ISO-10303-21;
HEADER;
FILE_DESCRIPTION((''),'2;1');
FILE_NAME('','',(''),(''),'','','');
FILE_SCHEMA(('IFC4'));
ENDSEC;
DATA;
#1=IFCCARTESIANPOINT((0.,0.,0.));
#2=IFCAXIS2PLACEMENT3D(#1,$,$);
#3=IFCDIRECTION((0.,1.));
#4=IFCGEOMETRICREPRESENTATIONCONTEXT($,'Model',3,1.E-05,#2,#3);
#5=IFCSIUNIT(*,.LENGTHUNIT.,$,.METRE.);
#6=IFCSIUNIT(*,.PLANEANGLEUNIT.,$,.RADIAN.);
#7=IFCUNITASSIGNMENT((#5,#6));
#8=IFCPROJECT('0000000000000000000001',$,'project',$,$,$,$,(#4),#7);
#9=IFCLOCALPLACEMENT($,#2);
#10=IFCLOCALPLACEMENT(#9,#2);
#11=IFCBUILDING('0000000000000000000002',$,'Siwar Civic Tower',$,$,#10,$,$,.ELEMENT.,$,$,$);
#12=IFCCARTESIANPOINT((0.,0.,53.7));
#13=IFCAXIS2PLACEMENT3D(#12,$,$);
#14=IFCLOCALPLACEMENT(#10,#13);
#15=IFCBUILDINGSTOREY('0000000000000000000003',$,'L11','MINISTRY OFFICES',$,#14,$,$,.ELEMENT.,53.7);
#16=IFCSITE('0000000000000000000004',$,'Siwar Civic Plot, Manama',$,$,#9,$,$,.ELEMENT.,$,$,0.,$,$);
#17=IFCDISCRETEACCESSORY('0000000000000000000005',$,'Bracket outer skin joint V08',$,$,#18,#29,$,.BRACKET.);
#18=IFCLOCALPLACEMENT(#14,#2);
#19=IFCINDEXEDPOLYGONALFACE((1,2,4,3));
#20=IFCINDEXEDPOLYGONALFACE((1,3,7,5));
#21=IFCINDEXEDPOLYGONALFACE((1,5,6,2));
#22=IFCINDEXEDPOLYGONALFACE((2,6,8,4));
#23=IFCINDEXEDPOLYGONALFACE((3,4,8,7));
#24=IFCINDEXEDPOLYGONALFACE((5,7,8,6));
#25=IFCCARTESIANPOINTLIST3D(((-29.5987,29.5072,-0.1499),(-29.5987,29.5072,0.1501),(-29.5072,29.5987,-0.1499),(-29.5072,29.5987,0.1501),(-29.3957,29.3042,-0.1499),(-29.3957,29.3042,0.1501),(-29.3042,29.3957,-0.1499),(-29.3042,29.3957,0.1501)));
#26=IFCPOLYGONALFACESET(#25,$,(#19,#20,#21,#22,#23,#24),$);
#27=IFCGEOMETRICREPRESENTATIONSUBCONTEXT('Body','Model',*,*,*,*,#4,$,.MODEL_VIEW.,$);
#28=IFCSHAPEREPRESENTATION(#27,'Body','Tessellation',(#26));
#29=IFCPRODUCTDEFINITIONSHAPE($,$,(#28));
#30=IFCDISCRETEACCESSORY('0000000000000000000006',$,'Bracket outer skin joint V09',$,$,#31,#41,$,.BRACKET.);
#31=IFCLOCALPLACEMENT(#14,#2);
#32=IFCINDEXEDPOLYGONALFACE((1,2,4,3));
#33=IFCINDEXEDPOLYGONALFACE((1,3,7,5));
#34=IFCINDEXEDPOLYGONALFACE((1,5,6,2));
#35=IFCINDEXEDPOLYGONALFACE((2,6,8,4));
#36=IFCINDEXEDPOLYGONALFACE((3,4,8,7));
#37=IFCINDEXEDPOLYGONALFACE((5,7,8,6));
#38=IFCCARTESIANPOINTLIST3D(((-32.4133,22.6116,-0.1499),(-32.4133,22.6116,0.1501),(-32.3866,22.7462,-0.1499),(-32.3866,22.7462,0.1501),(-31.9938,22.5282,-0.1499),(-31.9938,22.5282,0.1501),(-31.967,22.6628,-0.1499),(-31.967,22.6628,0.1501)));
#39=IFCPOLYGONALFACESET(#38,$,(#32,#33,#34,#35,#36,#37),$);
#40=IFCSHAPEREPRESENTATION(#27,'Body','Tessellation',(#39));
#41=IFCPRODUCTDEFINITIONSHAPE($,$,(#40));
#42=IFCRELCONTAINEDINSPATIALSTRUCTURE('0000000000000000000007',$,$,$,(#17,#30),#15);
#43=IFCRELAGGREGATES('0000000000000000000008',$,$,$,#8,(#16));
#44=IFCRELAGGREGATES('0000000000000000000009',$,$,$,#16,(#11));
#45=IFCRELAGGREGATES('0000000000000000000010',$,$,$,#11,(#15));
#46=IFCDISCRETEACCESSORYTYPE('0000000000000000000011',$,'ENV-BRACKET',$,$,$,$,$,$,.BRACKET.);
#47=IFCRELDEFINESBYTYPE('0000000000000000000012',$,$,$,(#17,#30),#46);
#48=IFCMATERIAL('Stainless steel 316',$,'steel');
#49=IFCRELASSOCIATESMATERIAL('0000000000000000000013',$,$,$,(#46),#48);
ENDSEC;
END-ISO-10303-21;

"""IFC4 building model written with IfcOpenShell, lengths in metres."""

from ifc_helpers import new_model, si_unit, direction, frame, origin, origin_2d, place, context, subcontext, project, spatial, rectangle, extrude, material, type_object, element, save


model = new_model("IFC4")

# Units and contexts
model_context = context("Model", 3, precision=1e-05, world=origin(), true_north=direction((0.0, 1.0)))
body_context = subcontext(model_context, "Body", "Model", "MODEL_VIEW")
ifc_project = project(units=[si_unit("LENGTHUNIT", "METRE"), si_unit("PLANEANGLEUNIT", "RADIAN")], contexts=[model_context])

# Site, building, storey
site_placement = place(None, origin())
site = spatial("IfcSite", under=ifc_project, at=site_placement, Name="Siwar Civic Plot, Manama", CompositionType="ELEMENT", RefElevation=0.0)
building_placement = place(site_placement, origin())
building = spatial("IfcBuilding", under=site, at=building_placement, Name="Siwar Civic Tower", CompositionType="ELEMENT")
storey_placement = place(building_placement, frame((0.0, 0.0, 53.7)))
storey = spatial("IfcBuildingStorey", under=building, at=storey_placement, Name="L11", Description="MINISTRY OFFICES", CompositionType="ELEMENT", Elevation=53.7)

# Discrete accessories
ifc_material_1 = material(Name="Stainless steel 316", Category="steel")
discrete_accessory_type = type_object("IfcDiscreteAccessoryType", Name="ENV-BRACKET", PredefinedType="BRACKET", material=ifc_material_1)
discrete_accessory_1_placement = place(storey_placement, frame((-29.4514, 29.4514, -0.1499), z_axis=(0.0, 0.0, 1.0), x_axis=(-0.707107, 0.707107, 0.0)))
element("IfcDiscreteAccessory", 1, at=discrete_accessory_1_placement, inside=storey, type_object=discrete_accessory_type, Name="Bracket outer skin joint V08", PredefinedType="BRACKET", context=body_context, shape_type="SweptSolid", body=[
    extrude(rectangle(XDim=0.2871, YDim=0.1294, at=origin_2d()), origin(), (0.0, 0.0, 1.0), 0.3),
])
discrete_accessory_2_placement = place(storey_placement, frame((-32.1902, 22.6372, -0.1499), z_axis=(0.0, 0.0, 1.0), x_axis=(-0.980785, 0.19509, 0.0)))
element("IfcDiscreteAccessory", 2, at=discrete_accessory_2_placement, inside=storey, type_object=discrete_accessory_type, Name="Bracket outer skin joint V09", PredefinedType="BRACKET", context=body_context, shape_type="SweptSolid", body=[
    extrude(rectangle(XDim=0.4277, YDim=0.1372, at=origin_2d()), origin(), (0.0, 0.0, 1.0), 0.3),
])

save(model, "model.ifc")
